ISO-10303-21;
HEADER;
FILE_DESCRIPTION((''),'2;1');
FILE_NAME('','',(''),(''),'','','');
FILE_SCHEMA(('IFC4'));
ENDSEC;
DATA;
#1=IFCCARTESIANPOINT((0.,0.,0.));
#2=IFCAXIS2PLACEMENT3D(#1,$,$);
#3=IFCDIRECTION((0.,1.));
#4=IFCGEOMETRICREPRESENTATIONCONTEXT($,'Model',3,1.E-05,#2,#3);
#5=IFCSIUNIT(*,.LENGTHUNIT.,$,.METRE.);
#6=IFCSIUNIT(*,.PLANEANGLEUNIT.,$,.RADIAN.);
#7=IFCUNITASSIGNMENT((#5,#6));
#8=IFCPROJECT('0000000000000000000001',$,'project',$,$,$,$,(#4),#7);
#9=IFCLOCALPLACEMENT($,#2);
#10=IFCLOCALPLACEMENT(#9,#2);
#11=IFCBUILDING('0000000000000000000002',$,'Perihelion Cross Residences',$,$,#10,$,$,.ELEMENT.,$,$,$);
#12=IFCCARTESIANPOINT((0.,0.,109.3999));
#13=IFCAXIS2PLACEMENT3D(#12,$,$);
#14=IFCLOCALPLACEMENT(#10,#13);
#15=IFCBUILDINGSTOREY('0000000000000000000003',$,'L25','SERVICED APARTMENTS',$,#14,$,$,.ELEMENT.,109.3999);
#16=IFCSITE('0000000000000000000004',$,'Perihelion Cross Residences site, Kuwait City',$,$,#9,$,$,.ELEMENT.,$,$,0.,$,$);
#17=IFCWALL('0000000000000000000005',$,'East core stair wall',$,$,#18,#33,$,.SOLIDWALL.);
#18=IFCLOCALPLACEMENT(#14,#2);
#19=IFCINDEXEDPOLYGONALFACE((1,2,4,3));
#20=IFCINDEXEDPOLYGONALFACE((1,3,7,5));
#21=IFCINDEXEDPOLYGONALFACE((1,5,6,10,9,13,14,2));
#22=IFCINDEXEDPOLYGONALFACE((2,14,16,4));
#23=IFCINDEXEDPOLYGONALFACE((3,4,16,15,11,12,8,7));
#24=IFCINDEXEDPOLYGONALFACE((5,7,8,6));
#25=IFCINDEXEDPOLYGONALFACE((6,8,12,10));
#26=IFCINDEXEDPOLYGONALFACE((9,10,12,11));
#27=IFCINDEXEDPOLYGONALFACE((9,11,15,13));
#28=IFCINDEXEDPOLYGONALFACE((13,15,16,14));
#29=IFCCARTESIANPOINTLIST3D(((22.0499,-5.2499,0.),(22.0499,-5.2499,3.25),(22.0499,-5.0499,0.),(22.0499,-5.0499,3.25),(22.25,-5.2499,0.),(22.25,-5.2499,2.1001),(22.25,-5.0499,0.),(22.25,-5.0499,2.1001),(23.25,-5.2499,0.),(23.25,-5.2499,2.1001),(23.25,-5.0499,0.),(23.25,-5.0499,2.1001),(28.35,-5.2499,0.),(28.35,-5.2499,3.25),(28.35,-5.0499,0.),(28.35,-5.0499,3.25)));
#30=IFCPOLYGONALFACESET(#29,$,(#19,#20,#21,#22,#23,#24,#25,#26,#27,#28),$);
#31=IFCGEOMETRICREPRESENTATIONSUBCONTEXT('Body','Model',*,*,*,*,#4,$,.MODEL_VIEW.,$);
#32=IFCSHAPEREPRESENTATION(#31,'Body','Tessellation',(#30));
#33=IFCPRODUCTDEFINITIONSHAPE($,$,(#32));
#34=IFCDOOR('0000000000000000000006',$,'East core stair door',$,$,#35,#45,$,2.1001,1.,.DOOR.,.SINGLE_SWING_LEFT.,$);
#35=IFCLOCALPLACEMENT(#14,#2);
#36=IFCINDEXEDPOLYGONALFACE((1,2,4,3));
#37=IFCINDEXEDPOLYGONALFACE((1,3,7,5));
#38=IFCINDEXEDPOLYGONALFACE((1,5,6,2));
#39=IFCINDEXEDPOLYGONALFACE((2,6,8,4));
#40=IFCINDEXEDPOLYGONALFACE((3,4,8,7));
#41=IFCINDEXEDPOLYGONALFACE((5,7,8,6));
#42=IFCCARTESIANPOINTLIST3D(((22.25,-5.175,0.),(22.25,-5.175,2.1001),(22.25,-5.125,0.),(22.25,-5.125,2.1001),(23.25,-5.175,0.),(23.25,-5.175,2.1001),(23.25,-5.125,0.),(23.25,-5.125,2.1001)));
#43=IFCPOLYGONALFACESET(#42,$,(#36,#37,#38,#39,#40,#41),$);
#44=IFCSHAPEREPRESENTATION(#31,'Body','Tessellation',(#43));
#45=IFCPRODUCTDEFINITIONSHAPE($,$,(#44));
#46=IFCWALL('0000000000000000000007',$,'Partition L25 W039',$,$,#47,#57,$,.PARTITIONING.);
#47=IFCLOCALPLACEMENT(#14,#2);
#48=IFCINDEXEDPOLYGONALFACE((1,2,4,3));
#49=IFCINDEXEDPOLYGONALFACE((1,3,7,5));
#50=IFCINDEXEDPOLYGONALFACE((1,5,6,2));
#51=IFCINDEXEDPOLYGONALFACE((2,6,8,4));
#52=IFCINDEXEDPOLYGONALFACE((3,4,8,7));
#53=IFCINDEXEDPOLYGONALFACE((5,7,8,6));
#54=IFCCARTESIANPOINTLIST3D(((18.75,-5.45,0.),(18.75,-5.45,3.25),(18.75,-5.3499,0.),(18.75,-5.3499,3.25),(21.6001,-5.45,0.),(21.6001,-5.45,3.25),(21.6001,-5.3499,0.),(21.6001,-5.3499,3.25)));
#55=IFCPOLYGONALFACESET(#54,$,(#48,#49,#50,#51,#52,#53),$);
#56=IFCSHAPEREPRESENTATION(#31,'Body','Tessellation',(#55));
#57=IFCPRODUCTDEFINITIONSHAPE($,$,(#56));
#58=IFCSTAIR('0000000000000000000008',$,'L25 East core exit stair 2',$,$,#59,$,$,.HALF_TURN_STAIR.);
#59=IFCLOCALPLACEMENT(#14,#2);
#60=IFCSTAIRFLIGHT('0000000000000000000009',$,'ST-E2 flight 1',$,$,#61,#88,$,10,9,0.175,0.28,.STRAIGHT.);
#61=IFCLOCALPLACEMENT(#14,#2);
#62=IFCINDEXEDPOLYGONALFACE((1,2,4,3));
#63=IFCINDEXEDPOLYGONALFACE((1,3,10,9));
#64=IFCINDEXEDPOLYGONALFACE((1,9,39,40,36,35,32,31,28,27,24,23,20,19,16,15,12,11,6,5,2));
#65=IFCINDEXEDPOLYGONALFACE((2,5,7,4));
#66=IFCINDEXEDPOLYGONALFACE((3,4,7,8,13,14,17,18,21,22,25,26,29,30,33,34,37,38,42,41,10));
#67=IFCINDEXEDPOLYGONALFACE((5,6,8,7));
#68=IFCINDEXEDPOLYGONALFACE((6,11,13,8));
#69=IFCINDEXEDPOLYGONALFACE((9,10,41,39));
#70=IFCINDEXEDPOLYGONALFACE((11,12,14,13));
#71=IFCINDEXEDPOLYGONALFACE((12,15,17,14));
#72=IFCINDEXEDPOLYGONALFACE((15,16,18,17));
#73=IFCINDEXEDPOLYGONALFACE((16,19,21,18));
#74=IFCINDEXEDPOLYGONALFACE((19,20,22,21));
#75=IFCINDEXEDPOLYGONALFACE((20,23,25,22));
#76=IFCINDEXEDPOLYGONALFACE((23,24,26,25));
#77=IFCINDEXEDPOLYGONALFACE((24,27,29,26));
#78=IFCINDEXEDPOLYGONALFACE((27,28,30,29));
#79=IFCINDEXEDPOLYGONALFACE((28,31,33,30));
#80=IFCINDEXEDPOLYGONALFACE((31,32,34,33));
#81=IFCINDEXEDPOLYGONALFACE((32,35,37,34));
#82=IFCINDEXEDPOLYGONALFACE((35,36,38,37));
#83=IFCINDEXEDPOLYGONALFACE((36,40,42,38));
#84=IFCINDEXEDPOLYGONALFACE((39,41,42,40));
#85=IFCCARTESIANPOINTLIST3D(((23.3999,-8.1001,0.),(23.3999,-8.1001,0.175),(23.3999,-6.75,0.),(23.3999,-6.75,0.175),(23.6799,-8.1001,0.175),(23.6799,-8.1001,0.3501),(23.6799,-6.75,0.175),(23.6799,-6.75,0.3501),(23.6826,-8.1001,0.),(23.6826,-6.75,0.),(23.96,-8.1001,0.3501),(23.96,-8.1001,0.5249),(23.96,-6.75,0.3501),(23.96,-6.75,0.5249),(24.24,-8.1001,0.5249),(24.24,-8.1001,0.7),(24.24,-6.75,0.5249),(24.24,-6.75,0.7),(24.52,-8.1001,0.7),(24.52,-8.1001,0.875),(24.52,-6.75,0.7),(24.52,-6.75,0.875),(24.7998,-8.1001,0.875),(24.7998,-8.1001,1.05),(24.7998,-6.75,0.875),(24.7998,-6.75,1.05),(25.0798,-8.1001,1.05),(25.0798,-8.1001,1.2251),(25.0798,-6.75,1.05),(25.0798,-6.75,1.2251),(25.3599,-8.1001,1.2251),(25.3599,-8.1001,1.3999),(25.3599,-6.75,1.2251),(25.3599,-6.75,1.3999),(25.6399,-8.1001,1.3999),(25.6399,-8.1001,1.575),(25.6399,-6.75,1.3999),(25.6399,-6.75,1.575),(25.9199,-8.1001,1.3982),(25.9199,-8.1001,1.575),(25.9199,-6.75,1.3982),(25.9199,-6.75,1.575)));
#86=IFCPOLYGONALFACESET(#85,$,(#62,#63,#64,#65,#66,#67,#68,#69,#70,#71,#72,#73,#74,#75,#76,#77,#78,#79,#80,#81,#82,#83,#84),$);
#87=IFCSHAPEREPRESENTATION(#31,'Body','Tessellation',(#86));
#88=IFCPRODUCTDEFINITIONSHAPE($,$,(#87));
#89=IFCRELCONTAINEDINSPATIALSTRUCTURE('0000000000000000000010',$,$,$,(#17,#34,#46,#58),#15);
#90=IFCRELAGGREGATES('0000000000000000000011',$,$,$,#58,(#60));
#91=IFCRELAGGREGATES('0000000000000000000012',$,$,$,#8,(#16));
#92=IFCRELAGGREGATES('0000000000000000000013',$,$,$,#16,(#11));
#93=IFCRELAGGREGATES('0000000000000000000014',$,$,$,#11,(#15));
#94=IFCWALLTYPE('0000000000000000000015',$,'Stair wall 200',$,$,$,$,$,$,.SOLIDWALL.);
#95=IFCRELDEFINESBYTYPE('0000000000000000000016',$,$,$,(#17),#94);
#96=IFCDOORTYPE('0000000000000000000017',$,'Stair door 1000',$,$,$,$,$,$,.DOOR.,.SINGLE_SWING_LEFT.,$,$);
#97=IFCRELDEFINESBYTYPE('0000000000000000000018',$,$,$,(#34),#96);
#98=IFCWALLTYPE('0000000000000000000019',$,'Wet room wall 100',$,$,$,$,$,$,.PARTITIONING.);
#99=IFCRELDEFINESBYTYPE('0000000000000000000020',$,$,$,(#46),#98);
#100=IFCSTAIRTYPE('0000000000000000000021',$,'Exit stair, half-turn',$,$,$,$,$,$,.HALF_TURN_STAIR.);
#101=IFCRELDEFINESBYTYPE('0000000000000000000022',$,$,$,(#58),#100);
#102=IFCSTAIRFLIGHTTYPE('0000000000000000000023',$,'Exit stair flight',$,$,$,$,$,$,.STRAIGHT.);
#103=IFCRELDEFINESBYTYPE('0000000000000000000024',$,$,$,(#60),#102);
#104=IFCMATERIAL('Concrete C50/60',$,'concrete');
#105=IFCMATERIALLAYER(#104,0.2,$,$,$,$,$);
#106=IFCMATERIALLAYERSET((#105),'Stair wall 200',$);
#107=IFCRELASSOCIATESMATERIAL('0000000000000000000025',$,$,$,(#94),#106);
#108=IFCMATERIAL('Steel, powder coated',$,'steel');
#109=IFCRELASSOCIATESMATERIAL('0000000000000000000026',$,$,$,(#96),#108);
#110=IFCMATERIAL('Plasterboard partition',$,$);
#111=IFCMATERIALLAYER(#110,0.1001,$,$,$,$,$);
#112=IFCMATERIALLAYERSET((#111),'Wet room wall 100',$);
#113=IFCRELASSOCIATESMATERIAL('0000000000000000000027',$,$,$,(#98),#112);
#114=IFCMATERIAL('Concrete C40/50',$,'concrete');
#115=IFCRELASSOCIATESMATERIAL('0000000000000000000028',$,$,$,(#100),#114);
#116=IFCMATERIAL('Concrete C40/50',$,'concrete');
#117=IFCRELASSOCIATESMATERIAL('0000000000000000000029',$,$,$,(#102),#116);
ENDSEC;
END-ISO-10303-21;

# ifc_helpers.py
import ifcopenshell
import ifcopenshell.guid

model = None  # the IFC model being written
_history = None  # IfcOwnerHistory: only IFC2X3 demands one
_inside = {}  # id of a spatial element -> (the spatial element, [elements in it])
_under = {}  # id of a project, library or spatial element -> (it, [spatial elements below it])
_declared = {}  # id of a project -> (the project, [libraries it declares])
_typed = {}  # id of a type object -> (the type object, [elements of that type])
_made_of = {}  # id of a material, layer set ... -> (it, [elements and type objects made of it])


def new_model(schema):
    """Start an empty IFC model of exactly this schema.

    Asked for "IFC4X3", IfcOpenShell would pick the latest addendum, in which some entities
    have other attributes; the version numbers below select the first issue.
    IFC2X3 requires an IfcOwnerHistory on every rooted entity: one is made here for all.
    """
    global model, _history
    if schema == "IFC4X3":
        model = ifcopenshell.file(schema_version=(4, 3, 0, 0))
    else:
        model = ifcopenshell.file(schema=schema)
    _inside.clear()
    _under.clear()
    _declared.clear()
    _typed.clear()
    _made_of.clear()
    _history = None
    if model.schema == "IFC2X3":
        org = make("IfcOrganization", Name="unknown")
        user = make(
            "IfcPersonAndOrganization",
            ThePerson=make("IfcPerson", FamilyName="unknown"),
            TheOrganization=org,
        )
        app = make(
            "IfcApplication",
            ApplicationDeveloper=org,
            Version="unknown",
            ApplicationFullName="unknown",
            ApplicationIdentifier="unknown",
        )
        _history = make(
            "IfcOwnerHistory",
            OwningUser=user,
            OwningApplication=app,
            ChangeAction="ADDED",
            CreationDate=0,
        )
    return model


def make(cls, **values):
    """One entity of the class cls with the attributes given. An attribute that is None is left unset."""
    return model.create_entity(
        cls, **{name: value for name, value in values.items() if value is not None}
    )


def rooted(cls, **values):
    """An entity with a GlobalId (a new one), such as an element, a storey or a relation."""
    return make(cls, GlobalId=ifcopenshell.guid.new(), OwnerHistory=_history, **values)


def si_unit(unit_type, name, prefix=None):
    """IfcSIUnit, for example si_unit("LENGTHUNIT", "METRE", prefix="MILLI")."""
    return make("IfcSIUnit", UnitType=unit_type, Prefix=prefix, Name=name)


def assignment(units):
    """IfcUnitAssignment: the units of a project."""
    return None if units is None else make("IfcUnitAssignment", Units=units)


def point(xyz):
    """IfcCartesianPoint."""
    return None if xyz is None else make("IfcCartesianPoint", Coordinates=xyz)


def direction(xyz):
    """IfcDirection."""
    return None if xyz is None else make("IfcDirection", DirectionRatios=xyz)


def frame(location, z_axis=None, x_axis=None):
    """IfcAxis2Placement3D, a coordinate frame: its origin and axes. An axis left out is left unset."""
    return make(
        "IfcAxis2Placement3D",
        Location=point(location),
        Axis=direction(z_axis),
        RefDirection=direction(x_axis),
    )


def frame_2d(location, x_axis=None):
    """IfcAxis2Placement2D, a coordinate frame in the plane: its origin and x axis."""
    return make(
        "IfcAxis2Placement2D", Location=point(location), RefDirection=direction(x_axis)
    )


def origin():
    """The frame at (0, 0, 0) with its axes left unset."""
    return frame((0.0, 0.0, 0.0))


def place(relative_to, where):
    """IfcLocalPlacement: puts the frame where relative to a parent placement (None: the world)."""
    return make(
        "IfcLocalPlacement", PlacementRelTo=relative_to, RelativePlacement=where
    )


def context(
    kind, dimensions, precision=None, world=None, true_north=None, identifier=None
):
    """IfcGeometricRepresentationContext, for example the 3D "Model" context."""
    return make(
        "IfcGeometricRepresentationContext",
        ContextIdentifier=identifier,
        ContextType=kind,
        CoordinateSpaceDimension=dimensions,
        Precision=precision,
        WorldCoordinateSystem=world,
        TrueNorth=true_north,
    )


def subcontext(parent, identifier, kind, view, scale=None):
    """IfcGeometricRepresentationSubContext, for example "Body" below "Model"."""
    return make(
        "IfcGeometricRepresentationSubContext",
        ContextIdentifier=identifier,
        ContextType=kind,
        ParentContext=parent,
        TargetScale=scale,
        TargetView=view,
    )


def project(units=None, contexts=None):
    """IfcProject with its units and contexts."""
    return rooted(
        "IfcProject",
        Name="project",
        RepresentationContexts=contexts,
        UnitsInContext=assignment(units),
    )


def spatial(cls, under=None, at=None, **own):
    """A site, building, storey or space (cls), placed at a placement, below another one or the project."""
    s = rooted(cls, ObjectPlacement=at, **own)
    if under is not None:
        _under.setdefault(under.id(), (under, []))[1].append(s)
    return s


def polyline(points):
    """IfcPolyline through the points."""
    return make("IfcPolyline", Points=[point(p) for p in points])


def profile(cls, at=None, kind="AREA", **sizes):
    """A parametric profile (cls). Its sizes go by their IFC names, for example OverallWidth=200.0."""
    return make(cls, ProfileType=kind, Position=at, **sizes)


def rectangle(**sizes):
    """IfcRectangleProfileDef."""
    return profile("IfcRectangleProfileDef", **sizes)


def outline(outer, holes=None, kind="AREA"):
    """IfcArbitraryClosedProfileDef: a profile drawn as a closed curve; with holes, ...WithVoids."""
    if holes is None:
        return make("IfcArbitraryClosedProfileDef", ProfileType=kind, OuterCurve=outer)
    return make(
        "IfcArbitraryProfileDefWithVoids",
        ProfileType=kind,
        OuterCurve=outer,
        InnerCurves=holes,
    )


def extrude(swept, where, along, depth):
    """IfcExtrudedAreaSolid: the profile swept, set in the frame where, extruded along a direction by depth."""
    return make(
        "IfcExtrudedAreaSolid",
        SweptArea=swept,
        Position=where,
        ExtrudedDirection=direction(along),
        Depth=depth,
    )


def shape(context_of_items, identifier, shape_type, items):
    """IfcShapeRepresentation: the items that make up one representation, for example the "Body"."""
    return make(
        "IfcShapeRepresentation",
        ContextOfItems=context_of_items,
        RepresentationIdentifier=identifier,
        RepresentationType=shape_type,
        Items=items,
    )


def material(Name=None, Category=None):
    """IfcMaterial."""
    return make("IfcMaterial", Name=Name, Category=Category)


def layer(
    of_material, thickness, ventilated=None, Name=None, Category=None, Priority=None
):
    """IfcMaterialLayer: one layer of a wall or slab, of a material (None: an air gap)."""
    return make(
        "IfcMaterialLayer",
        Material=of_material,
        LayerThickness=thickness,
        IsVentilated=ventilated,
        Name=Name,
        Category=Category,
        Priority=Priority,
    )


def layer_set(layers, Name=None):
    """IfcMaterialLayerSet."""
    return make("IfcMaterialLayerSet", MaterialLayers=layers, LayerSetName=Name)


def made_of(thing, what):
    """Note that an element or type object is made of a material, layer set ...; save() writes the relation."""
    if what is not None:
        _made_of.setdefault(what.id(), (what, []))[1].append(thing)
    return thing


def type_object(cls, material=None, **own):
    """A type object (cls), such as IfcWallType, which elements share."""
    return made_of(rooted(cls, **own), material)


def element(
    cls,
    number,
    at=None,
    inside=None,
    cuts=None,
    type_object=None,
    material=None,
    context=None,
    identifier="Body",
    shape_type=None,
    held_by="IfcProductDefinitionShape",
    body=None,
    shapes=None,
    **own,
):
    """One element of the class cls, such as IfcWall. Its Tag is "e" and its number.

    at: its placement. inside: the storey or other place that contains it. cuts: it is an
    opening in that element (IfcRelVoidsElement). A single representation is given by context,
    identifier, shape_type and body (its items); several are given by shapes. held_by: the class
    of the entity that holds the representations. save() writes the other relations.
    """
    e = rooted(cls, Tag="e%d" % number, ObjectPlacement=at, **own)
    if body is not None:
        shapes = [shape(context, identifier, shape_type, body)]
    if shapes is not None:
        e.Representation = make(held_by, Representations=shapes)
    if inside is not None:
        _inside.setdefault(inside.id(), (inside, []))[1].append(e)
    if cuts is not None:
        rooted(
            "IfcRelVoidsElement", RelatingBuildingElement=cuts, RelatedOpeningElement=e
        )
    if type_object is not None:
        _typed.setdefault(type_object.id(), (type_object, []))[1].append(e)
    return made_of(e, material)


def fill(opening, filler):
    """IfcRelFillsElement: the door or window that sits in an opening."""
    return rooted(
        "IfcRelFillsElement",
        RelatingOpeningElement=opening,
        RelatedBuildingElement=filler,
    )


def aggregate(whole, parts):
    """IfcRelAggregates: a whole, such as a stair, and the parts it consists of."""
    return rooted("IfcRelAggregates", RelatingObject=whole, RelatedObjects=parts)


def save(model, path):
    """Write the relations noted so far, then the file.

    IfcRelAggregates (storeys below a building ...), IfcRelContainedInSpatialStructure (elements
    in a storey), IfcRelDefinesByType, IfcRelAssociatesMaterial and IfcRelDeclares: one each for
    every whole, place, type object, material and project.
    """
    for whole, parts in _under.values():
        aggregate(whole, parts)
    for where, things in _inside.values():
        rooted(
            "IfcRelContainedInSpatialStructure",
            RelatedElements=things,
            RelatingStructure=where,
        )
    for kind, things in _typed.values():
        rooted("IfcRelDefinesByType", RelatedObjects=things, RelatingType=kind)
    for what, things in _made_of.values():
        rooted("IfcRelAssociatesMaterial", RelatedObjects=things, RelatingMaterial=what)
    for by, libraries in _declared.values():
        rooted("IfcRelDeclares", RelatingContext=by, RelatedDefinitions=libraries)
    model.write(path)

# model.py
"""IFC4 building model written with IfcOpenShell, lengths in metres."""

from ifc_helpers import new_model, si_unit, direction, frame, frame_2d, origin, place, context, subcontext, project, spatial, polyline, rectangle, outline, extrude, material, layer, layer_set, type_object, element, fill, aggregate, save


model = new_model("IFC4")

# Units and contexts
model_context = context("Model", 3, precision=1e-05, world=origin(), true_north=direction((0.0, 1.0)))
body_context = subcontext(model_context, "Body", "Model", "MODEL_VIEW")
ifc_project = project(units=[si_unit("LENGTHUNIT", "METRE"), si_unit("PLANEANGLEUNIT", "RADIAN")], contexts=[model_context])

# Site, building, storey
site_placement = place(None, origin())
site = spatial("IfcSite", under=ifc_project, at=site_placement, Name="Perihelion Cross Residences site, Kuwait City", CompositionType="ELEMENT", RefElevation=0.0)
building_placement = place(site_placement, origin())
building = spatial("IfcBuilding", under=site, at=building_placement, Name="Perihelion Cross Residences", CompositionType="ELEMENT")
storey_placement = place(building_placement, frame((0.0, 0.0, 109.3999)))
storey = spatial("IfcBuildingStorey", under=building, at=storey_placement, Name="L25", Description="SERVICED APARTMENTS", CompositionType="ELEMENT", Elevation=109.3999)

# Wall, opening, door
ifc_material_1 = material(Name="Concrete C50/60", Category="concrete")
ifc_layer_1 = layer(ifc_material_1, 0.2)
ifc_layer_set_1 = layer_set([ifc_layer_1], Name="Stair wall 200")
wall_type_1 = type_object("IfcWallType", Name="Stair wall 200", PredefinedType="SOLIDWALL", material=ifc_layer_set_1)
wall_1_placement = place(storey_placement, frame((22.05, -5.1499, 0.0), z_axis=(0.0, 0.0, 1.0), x_axis=(1.0, 0.0, 0.0)))
wall_1 = element("IfcWall", 1, at=wall_1_placement, inside=storey, type_object=wall_type_1, Name="East core stair wall", PredefinedType="SOLIDWALL", context=body_context, shape_type="SweptSolid", body=[
    extrude(rectangle(XDim=6.3, YDim=0.2, at=frame_2d((3.1499, 0.0))), origin(), (0.0, 0.0, 1.0), 3.25),
])
opening_1_placement = place(wall_1_placement, frame((0.2, 0.0, 0.0)))
opening_1 = element("IfcOpeningElement", 2, at=opening_1_placement, cuts=wall_1, PredefinedType="OPENING", context=body_context, shape_type="SweptSolid", body=[
    extrude(rectangle(XDim=1.0, YDim=2.1001, at=frame_2d((0.5, 1.05))), frame((0.0, 0.1099, 0.0), z_axis=(0.0, -1.0, 0.0), x_axis=(1.0, 0.0, 0.0)), (0.0, 0.0, 1.0), 0.22),
])
ifc_material_2 = material(Name="Steel, powder coated", Category="steel")
door_type_1 = type_object("IfcDoorType", Name="Stair door 1000", OperationType="SINGLE_SWING_LEFT", PredefinedType="DOOR", material=ifc_material_2)
door_1_placement = place(opening_1_placement, origin())
door_1 = element("IfcDoor", 3, at=door_1_placement, inside=storey, type_object=door_type_1, Name="East core stair door", OperationType="SINGLE_SWING_LEFT", OverallHeight=2.1001, OverallWidth=1.0, PredefinedType="DOOR", context=body_context, shape_type="SweptSolid", body=[
    extrude(rectangle(XDim=1.0, YDim=2.1001, at=frame_2d((0.5, 1.05))), frame((0.0, 0.0249, 0.0), z_axis=(0.0, -1.0, 0.0), x_axis=(1.0, 0.0, 0.0)), (0.0, 0.0, 1.0), 0.05),
])
fill(opening_1, door_1)

# Wall
ifc_material_3 = material(Name="Plasterboard partition")
ifc_layer_2 = layer(ifc_material_3, 0.1001)
ifc_layer_set_2 = layer_set([ifc_layer_2], Name="Wet room wall 100")
wall_type_2 = type_object("IfcWallType", Name="Wet room wall 100", PredefinedType="PARTITIONING", material=ifc_layer_set_2)
wall_2_placement = place(storey_placement, frame((21.6001, -5.3999, 0.0), z_axis=(0.0, 0.0, 1.0), x_axis=(-1.0, 0.0, 0.0)))
element("IfcWall", 4, at=wall_2_placement, inside=storey, type_object=wall_type_2, Name="Partition L25 W039", PredefinedType="PARTITIONING", context=body_context, shape_type="SweptSolid", body=[
    extrude(rectangle(XDim=2.8501, YDim=0.1001, at=frame_2d((1.425, 0.0))), origin(), (0.0, 0.0, 1.0), 3.25),
])

# Stair, stair flight
ifc_material_4 = material(Name="Concrete C40/50", Category="concrete")
stair_type = type_object("IfcStairType", Name="Exit stair, half-turn", PredefinedType="HALF_TURN_STAIR", material=ifc_material_4)
stair_placement = place(storey_placement, origin())
stair = element("IfcStair", 5, at=stair_placement, inside=storey, type_object=stair_type, Name="L25 East core exit stair 2", PredefinedType="HALF_TURN_STAIR")
ifc_material_5 = material(Name="Concrete C40/50", Category="concrete")
stair_flight_type = type_object("IfcStairFlightType", Name="Exit stair flight", PredefinedType="STRAIGHT", material=ifc_material_5)
stair_flight_placement = place(storey_placement, frame((23.3999, -7.425, 0.0), z_axis=(0.0, 0.0, 1.0), x_axis=(1.0, 0.0, 0.0)))
stair_flight = element("IfcStairFlight", 6, at=stair_flight_placement, type_object=stair_flight_type, Name="ST-E2 flight 1", NumberOfRisers=10, NumberOfTreads=9, PredefinedType="STRAIGHT", RiserHeight=0.175, TreadLength=0.28, context=body_context, shape_type="SweptSolid", body=[
    extrude(outline(polyline([(0.0, 0.0), (0.0, 0.175), (0.28, 0.175), (0.28, 0.3501), (0.5601, 0.3501), (0.5601, 0.5249), (0.8401, 0.5249), (0.8401, 0.7), (1.1201, 0.7), (1.1201, 0.875), (1.3999, 0.875), (1.3999, 1.05), (1.6799, 1.05), (1.6799, 1.2251), (1.96, 1.2251), (1.96, 1.3999), (2.24, 1.3999), (2.24, 1.575), (2.52, 1.575), (2.52, 1.75), (2.52, 1.3982), (0.2827, 0.0), (0.0, 0.0)])), frame((0.0, 0.675, 0.0), z_axis=(0.0, -1.0, 0.0), x_axis=(1.0, 0.0, 0.0)), (0.0, 0.0, 1.0), 1.3501),
])
aggregate(stair, [stair_flight])

save(model, "model.ifc")
